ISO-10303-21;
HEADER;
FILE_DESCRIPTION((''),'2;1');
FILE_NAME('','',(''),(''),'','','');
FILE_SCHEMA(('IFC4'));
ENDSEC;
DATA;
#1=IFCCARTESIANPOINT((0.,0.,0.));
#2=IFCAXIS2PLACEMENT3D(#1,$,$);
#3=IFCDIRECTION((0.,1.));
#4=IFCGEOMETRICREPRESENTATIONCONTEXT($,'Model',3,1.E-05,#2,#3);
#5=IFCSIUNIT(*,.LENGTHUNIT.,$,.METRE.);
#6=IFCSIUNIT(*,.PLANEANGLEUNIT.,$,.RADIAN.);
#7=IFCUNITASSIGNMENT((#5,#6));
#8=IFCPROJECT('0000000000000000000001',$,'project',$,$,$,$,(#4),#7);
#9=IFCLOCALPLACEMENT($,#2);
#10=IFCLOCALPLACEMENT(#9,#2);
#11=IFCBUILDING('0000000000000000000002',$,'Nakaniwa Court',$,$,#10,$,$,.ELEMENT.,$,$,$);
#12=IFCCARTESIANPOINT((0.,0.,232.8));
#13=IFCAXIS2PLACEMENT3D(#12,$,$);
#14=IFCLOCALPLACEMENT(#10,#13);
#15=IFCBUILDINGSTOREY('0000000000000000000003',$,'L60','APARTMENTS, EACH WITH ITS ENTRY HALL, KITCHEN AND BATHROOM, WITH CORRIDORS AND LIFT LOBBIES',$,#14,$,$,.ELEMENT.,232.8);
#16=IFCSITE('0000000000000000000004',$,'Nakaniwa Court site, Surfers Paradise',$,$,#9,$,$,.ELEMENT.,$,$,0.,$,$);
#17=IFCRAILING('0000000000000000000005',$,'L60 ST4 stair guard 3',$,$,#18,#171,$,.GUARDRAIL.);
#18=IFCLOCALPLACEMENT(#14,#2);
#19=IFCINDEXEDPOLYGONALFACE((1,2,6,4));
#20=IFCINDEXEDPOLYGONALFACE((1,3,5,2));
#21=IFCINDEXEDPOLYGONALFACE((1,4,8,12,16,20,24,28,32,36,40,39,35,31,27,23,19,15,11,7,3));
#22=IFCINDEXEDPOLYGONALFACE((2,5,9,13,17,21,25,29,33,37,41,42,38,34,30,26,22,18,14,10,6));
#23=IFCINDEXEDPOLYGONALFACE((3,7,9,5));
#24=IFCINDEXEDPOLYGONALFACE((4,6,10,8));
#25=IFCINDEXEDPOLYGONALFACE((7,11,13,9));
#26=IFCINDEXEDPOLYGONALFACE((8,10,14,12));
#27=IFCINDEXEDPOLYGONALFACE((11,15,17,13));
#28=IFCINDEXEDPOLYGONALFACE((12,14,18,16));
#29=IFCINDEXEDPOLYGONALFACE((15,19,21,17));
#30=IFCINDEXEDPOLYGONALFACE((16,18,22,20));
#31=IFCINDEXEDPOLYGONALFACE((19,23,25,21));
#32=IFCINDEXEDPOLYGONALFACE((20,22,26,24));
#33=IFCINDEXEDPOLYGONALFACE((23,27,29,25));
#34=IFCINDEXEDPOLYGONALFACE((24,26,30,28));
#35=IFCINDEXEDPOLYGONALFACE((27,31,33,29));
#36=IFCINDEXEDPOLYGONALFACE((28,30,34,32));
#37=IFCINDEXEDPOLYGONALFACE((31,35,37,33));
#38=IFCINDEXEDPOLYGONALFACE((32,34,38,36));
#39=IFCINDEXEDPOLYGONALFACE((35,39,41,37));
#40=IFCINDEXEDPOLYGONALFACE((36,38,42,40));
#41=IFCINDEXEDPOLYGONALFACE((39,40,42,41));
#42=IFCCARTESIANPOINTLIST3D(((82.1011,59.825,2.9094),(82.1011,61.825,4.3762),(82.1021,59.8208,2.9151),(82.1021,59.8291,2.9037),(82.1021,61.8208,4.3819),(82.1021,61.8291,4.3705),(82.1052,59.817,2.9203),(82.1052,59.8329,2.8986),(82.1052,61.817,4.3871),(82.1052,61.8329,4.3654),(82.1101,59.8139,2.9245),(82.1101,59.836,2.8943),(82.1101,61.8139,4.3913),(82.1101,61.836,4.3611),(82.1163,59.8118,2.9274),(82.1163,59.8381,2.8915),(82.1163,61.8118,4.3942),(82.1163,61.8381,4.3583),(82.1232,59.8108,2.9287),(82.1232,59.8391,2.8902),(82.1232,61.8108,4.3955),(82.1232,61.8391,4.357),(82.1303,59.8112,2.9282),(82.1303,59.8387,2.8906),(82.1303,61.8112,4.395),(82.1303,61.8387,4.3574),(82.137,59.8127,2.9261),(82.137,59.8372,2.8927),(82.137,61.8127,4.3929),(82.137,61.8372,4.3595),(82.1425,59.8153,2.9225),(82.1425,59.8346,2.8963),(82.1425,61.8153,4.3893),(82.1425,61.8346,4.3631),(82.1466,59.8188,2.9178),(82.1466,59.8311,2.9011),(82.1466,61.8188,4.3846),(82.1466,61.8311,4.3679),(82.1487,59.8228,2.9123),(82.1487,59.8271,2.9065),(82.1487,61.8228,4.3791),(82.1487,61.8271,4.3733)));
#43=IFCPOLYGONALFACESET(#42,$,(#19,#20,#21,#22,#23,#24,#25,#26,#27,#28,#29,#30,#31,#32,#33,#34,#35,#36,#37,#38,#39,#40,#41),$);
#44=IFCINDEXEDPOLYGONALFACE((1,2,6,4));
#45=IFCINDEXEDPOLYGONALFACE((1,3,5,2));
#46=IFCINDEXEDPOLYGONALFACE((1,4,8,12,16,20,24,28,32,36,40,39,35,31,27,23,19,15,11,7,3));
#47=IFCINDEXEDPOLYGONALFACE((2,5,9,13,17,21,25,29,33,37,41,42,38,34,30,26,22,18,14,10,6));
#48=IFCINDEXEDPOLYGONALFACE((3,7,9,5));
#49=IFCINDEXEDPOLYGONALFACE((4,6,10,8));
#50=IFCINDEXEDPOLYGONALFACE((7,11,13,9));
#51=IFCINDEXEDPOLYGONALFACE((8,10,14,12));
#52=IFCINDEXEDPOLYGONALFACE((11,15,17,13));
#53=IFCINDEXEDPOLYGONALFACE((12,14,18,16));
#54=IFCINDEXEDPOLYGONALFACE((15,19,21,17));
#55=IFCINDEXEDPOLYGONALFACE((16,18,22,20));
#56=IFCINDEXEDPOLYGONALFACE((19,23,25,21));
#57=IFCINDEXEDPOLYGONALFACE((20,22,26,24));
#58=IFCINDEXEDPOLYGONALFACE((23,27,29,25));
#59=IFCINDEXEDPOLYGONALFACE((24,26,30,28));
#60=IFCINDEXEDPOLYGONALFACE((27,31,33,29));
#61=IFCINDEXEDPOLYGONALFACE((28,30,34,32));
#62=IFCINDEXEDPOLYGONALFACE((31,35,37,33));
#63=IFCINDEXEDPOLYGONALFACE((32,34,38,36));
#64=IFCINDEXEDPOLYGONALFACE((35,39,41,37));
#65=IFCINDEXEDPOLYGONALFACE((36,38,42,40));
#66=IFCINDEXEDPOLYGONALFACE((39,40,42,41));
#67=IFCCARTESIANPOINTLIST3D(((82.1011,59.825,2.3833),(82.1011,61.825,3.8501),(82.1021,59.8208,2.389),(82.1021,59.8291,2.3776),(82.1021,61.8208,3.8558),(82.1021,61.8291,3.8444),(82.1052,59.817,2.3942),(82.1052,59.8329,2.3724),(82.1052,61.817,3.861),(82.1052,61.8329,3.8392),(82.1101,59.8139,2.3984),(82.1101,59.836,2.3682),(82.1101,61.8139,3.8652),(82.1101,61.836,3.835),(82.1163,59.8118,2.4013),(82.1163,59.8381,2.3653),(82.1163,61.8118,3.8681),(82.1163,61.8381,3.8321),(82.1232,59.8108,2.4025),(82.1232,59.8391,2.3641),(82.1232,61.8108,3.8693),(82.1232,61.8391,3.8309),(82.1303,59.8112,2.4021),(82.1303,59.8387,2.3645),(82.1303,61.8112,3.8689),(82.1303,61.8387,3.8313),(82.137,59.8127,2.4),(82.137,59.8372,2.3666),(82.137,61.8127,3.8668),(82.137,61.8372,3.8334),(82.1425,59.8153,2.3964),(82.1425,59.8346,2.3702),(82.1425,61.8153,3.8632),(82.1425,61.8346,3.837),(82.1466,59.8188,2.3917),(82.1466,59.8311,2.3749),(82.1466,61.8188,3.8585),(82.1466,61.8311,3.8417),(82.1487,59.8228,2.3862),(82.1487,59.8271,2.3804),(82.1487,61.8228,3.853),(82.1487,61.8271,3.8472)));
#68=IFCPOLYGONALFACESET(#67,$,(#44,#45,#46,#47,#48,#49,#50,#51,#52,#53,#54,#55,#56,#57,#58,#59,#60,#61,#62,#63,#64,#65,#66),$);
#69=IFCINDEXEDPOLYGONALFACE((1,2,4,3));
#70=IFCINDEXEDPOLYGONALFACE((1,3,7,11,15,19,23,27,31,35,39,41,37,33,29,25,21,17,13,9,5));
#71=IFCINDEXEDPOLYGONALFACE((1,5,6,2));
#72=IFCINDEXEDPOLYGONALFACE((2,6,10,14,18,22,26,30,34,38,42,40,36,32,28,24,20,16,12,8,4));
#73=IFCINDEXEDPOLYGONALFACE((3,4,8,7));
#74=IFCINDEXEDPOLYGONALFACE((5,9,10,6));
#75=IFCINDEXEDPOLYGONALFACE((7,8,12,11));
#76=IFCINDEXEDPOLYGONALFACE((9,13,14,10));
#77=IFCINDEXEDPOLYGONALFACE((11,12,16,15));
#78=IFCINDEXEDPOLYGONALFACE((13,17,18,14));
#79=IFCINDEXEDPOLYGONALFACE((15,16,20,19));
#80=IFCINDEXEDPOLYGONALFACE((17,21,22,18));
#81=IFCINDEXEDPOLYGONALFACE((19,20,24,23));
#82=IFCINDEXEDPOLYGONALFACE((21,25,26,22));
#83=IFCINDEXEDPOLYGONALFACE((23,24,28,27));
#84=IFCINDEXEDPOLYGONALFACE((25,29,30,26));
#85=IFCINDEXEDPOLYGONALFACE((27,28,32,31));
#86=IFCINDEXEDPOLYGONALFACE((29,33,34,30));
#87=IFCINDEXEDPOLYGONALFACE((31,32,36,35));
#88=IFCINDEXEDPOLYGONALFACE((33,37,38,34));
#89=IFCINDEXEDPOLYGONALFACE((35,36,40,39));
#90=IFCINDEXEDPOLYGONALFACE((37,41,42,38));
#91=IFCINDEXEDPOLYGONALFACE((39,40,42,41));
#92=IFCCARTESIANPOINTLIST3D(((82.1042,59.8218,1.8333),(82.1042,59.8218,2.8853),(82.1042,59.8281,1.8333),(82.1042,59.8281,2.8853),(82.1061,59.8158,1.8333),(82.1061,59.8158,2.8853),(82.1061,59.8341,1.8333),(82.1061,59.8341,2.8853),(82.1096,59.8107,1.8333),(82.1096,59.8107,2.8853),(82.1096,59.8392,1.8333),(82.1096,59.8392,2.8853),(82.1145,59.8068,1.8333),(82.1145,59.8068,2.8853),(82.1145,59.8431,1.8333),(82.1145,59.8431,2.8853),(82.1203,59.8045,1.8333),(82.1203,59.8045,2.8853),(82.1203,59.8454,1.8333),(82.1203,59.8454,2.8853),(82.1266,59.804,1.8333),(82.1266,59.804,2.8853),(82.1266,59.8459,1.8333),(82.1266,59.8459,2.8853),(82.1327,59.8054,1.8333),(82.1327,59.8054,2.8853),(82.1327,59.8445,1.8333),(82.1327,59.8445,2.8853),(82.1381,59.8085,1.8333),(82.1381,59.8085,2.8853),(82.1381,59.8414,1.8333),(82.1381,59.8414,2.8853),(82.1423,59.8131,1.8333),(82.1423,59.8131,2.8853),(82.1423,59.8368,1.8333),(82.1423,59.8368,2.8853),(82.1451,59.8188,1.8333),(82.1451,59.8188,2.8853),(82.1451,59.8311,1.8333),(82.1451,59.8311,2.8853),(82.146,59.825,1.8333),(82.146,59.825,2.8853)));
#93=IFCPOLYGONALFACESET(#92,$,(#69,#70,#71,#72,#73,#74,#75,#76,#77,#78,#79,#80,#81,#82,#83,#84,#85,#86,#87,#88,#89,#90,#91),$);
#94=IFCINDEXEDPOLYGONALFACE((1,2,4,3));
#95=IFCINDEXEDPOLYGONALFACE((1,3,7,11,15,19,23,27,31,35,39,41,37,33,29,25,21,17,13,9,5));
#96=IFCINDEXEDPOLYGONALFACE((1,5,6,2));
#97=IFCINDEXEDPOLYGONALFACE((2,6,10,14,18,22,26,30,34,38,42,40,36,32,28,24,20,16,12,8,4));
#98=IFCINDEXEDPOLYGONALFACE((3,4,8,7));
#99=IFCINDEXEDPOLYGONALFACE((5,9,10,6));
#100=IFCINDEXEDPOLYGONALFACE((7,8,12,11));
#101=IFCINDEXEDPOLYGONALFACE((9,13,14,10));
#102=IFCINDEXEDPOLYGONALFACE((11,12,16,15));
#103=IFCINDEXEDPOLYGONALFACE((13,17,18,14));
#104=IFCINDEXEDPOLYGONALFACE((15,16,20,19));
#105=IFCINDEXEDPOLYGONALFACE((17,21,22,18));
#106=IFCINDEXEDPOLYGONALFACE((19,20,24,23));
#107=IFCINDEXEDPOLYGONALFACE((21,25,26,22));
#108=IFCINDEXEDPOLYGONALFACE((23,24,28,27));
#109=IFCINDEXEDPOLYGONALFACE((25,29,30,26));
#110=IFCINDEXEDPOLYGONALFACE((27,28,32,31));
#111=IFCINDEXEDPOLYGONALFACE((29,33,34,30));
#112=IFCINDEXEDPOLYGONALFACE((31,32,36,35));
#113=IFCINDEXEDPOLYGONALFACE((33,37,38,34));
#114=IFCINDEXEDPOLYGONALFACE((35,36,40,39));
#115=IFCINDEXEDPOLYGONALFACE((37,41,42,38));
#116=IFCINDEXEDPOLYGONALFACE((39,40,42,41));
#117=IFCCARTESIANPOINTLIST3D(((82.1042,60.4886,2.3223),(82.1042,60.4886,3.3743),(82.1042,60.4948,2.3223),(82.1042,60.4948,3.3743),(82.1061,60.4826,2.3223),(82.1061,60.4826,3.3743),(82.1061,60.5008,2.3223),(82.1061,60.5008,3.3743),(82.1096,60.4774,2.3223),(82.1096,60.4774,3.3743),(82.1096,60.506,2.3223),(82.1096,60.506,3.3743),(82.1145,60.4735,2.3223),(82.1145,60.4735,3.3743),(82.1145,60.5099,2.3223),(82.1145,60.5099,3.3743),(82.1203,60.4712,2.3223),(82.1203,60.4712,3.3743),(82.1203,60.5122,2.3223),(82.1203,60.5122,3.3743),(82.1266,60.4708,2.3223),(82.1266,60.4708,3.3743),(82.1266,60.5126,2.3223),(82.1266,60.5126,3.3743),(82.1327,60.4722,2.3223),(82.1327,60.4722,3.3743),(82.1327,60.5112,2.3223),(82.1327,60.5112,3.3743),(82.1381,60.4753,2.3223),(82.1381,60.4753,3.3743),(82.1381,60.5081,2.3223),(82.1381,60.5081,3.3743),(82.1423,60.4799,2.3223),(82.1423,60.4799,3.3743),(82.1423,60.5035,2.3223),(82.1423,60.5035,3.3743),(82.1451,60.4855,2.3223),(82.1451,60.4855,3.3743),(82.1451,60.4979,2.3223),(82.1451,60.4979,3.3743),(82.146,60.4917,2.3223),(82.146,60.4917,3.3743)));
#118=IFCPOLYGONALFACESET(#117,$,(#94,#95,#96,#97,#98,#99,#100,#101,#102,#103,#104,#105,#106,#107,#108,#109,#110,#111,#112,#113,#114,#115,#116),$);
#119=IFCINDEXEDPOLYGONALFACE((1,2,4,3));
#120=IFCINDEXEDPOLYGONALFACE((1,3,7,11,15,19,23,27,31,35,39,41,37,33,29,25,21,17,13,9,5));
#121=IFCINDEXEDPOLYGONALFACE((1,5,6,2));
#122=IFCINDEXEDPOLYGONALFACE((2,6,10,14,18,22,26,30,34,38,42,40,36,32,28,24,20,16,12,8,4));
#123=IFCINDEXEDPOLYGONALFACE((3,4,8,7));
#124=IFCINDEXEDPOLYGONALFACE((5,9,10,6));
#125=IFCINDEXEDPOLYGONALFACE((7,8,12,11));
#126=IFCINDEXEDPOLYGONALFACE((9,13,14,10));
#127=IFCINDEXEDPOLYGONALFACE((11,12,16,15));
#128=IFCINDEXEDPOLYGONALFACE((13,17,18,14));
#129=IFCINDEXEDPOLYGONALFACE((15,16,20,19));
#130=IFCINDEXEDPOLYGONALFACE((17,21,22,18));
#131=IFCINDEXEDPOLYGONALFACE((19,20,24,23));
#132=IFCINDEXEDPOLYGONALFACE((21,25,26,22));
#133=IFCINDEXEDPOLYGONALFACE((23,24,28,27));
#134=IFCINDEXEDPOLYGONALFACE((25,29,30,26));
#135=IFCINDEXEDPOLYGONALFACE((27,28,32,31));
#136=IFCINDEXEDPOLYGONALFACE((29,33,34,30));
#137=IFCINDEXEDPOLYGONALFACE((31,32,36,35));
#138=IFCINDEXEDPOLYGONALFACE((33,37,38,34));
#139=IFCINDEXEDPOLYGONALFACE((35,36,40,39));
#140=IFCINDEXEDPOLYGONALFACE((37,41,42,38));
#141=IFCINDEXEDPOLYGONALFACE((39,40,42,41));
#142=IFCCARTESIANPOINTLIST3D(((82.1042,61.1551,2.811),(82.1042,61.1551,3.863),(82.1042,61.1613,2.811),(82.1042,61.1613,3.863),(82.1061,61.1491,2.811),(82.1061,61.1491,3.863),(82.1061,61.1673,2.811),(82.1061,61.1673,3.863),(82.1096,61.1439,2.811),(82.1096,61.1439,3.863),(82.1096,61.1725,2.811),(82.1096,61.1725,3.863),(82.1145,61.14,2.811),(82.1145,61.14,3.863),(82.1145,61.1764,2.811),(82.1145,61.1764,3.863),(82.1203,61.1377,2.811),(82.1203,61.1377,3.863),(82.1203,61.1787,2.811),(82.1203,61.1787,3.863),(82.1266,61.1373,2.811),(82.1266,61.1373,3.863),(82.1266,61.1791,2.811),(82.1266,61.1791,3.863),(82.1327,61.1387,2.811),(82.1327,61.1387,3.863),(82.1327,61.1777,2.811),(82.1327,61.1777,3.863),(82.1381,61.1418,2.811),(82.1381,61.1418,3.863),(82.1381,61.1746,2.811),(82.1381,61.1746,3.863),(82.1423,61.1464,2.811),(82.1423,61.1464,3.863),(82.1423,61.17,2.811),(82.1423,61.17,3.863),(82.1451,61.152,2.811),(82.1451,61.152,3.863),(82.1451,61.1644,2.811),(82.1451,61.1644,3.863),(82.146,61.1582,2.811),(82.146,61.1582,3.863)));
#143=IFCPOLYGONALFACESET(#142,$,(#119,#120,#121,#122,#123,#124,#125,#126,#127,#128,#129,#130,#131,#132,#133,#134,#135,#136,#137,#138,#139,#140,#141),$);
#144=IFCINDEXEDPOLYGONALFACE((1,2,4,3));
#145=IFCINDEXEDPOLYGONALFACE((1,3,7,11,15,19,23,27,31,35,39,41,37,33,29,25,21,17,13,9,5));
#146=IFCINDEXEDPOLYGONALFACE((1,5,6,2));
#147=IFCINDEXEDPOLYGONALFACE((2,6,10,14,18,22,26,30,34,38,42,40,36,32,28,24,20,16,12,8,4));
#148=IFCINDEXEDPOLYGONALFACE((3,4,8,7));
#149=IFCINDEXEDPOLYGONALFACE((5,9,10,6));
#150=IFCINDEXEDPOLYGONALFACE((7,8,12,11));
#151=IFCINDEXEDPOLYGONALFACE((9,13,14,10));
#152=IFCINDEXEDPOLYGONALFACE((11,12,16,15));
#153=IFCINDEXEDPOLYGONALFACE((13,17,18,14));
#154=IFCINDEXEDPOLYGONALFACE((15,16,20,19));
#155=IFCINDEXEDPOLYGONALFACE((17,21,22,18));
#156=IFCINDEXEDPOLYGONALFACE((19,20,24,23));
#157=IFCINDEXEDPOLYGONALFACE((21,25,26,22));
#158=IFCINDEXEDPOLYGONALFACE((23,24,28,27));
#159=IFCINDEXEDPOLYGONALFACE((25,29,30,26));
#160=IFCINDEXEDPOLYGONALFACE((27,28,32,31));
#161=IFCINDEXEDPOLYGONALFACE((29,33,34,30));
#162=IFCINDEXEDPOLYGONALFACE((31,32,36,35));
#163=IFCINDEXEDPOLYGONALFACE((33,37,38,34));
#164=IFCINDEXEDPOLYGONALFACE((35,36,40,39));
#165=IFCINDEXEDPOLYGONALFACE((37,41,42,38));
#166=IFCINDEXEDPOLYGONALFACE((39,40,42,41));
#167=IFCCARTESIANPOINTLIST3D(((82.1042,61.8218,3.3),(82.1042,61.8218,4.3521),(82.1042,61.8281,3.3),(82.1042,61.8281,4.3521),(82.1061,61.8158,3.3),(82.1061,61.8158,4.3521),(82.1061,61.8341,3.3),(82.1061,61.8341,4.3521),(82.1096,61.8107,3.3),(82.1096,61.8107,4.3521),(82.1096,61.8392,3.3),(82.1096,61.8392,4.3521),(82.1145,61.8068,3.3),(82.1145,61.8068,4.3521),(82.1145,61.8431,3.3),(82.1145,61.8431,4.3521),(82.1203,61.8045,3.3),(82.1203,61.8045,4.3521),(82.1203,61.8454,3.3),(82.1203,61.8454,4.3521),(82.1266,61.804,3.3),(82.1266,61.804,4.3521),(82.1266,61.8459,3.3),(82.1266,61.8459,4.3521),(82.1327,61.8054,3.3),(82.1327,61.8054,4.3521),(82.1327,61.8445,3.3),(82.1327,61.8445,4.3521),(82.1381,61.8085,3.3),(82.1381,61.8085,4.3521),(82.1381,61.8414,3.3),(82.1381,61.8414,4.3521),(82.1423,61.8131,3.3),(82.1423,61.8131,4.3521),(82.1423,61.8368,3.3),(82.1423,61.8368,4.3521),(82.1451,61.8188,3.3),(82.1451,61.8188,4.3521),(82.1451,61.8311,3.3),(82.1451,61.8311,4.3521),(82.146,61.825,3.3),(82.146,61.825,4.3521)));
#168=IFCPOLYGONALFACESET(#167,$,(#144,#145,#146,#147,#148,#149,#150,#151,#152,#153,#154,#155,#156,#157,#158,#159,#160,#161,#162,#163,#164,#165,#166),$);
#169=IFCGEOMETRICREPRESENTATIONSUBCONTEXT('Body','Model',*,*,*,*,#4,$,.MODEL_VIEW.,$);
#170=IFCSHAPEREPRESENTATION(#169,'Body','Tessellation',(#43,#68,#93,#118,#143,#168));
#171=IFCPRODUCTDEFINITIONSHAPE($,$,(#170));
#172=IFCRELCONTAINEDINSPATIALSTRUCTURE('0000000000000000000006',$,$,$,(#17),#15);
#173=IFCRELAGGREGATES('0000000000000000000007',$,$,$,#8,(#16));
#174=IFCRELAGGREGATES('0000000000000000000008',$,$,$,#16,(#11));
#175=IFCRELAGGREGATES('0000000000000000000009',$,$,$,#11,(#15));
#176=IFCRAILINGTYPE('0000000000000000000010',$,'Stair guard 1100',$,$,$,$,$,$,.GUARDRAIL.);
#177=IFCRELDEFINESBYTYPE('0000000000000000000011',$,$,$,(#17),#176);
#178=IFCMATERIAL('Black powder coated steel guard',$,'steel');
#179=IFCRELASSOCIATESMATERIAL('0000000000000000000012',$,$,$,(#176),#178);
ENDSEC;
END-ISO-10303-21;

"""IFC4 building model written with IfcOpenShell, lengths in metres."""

from ifc_helpers import new_model, si_unit, direction, frame, origin, origin_2d, place, context, subcontext, project, spatial, circle, extrude, material, type_object, element, save


model = new_model("IFC4")

# Units and contexts
model_context = context("Model", 3, precision=1e-05, world=origin(), true_north=direction((0.0, 1.0)))
body_context = subcontext(model_context, "Body", "Model", "MODEL_VIEW")
ifc_project = project(units=[si_unit("LENGTHUNIT", "METRE"), si_unit("PLANEANGLEUNIT", "RADIAN")], contexts=[model_context])

# Site, building, storey
site_placement = place(None, origin())
site = spatial("IfcSite", under=ifc_project, at=site_placement, Name="Nakaniwa Court site, Surfers Paradise", CompositionType="ELEMENT", RefElevation=0.0)
building_placement = place(site_placement, origin())
building = spatial("IfcBuilding", under=site, at=building_placement, Name="Nakaniwa Court", CompositionType="ELEMENT")
storey_placement = place(building_placement, frame((0.0, 0.0, 232.8)))
storey = spatial("IfcBuildingStorey", under=building, at=storey_placement, Name="L60", Description="APARTMENTS, EACH WITH ITS ENTRY HALL, KITCHEN AND BATHROOM, WITH CORRIDORS AND LIFT LOBBIES", CompositionType="ELEMENT", Elevation=232.8)

# Railing
ifc_material_1 = material(Name="Black powder coated steel guard", Category="steel")
railing_type_1 = type_object("IfcRailingType", Name="Stair guard 1100", PredefinedType="GUARDRAIL", material=ifc_material_1)
railing_1_placement = place(storey_placement, frame((82.125, 59.825, 1.8333)))
element("IfcRailing", 1, at=railing_1_placement, inside=storey, type_object=railing_type_1, Name="L60 ST4 stair guard 3", PredefinedType="GUARDRAIL", context=body_context, shape_type="SweptSolid", body=[
    extrude(circle(Radius=0.0239, at=origin_2d()), frame((0.0, 0.0, 1.0762), z_axis=(0.0, 0.80638, 0.591398), x_axis=(-1.0, 0.0, 0.0)), (0.0, 0.0, 1.0), 2.4802),
    extrude(circle(Radius=0.0239, at=origin_2d()), frame((0.0, 0.0, 0.55), z_axis=(0.0, 0.80638, 0.591398), x_axis=(-1.0, 0.0, 0.0)), (0.0, 0.0, 1.0), 2.4802),
    extrude(circle(Radius=0.021, at=origin_2d()), origin(), (0.0, 0.0, 1.0), 1.052),
    extrude(circle(Radius=0.021, at=origin_2d()), frame((0.0, 0.6667, 0.489)), (0.0, 0.0, 1.0), 1.052),
    extrude(circle(Radius=0.021, at=origin_2d()), frame((0.0, 1.3333, 0.9778)), (0.0, 0.0, 1.0), 1.052),
    extrude(circle(Radius=0.021, at=origin_2d()), frame((0.0, 2.0, 1.4668)), (0.0, 0.0, 1.0), 1.052),
])

save(model, "model.ifc")
